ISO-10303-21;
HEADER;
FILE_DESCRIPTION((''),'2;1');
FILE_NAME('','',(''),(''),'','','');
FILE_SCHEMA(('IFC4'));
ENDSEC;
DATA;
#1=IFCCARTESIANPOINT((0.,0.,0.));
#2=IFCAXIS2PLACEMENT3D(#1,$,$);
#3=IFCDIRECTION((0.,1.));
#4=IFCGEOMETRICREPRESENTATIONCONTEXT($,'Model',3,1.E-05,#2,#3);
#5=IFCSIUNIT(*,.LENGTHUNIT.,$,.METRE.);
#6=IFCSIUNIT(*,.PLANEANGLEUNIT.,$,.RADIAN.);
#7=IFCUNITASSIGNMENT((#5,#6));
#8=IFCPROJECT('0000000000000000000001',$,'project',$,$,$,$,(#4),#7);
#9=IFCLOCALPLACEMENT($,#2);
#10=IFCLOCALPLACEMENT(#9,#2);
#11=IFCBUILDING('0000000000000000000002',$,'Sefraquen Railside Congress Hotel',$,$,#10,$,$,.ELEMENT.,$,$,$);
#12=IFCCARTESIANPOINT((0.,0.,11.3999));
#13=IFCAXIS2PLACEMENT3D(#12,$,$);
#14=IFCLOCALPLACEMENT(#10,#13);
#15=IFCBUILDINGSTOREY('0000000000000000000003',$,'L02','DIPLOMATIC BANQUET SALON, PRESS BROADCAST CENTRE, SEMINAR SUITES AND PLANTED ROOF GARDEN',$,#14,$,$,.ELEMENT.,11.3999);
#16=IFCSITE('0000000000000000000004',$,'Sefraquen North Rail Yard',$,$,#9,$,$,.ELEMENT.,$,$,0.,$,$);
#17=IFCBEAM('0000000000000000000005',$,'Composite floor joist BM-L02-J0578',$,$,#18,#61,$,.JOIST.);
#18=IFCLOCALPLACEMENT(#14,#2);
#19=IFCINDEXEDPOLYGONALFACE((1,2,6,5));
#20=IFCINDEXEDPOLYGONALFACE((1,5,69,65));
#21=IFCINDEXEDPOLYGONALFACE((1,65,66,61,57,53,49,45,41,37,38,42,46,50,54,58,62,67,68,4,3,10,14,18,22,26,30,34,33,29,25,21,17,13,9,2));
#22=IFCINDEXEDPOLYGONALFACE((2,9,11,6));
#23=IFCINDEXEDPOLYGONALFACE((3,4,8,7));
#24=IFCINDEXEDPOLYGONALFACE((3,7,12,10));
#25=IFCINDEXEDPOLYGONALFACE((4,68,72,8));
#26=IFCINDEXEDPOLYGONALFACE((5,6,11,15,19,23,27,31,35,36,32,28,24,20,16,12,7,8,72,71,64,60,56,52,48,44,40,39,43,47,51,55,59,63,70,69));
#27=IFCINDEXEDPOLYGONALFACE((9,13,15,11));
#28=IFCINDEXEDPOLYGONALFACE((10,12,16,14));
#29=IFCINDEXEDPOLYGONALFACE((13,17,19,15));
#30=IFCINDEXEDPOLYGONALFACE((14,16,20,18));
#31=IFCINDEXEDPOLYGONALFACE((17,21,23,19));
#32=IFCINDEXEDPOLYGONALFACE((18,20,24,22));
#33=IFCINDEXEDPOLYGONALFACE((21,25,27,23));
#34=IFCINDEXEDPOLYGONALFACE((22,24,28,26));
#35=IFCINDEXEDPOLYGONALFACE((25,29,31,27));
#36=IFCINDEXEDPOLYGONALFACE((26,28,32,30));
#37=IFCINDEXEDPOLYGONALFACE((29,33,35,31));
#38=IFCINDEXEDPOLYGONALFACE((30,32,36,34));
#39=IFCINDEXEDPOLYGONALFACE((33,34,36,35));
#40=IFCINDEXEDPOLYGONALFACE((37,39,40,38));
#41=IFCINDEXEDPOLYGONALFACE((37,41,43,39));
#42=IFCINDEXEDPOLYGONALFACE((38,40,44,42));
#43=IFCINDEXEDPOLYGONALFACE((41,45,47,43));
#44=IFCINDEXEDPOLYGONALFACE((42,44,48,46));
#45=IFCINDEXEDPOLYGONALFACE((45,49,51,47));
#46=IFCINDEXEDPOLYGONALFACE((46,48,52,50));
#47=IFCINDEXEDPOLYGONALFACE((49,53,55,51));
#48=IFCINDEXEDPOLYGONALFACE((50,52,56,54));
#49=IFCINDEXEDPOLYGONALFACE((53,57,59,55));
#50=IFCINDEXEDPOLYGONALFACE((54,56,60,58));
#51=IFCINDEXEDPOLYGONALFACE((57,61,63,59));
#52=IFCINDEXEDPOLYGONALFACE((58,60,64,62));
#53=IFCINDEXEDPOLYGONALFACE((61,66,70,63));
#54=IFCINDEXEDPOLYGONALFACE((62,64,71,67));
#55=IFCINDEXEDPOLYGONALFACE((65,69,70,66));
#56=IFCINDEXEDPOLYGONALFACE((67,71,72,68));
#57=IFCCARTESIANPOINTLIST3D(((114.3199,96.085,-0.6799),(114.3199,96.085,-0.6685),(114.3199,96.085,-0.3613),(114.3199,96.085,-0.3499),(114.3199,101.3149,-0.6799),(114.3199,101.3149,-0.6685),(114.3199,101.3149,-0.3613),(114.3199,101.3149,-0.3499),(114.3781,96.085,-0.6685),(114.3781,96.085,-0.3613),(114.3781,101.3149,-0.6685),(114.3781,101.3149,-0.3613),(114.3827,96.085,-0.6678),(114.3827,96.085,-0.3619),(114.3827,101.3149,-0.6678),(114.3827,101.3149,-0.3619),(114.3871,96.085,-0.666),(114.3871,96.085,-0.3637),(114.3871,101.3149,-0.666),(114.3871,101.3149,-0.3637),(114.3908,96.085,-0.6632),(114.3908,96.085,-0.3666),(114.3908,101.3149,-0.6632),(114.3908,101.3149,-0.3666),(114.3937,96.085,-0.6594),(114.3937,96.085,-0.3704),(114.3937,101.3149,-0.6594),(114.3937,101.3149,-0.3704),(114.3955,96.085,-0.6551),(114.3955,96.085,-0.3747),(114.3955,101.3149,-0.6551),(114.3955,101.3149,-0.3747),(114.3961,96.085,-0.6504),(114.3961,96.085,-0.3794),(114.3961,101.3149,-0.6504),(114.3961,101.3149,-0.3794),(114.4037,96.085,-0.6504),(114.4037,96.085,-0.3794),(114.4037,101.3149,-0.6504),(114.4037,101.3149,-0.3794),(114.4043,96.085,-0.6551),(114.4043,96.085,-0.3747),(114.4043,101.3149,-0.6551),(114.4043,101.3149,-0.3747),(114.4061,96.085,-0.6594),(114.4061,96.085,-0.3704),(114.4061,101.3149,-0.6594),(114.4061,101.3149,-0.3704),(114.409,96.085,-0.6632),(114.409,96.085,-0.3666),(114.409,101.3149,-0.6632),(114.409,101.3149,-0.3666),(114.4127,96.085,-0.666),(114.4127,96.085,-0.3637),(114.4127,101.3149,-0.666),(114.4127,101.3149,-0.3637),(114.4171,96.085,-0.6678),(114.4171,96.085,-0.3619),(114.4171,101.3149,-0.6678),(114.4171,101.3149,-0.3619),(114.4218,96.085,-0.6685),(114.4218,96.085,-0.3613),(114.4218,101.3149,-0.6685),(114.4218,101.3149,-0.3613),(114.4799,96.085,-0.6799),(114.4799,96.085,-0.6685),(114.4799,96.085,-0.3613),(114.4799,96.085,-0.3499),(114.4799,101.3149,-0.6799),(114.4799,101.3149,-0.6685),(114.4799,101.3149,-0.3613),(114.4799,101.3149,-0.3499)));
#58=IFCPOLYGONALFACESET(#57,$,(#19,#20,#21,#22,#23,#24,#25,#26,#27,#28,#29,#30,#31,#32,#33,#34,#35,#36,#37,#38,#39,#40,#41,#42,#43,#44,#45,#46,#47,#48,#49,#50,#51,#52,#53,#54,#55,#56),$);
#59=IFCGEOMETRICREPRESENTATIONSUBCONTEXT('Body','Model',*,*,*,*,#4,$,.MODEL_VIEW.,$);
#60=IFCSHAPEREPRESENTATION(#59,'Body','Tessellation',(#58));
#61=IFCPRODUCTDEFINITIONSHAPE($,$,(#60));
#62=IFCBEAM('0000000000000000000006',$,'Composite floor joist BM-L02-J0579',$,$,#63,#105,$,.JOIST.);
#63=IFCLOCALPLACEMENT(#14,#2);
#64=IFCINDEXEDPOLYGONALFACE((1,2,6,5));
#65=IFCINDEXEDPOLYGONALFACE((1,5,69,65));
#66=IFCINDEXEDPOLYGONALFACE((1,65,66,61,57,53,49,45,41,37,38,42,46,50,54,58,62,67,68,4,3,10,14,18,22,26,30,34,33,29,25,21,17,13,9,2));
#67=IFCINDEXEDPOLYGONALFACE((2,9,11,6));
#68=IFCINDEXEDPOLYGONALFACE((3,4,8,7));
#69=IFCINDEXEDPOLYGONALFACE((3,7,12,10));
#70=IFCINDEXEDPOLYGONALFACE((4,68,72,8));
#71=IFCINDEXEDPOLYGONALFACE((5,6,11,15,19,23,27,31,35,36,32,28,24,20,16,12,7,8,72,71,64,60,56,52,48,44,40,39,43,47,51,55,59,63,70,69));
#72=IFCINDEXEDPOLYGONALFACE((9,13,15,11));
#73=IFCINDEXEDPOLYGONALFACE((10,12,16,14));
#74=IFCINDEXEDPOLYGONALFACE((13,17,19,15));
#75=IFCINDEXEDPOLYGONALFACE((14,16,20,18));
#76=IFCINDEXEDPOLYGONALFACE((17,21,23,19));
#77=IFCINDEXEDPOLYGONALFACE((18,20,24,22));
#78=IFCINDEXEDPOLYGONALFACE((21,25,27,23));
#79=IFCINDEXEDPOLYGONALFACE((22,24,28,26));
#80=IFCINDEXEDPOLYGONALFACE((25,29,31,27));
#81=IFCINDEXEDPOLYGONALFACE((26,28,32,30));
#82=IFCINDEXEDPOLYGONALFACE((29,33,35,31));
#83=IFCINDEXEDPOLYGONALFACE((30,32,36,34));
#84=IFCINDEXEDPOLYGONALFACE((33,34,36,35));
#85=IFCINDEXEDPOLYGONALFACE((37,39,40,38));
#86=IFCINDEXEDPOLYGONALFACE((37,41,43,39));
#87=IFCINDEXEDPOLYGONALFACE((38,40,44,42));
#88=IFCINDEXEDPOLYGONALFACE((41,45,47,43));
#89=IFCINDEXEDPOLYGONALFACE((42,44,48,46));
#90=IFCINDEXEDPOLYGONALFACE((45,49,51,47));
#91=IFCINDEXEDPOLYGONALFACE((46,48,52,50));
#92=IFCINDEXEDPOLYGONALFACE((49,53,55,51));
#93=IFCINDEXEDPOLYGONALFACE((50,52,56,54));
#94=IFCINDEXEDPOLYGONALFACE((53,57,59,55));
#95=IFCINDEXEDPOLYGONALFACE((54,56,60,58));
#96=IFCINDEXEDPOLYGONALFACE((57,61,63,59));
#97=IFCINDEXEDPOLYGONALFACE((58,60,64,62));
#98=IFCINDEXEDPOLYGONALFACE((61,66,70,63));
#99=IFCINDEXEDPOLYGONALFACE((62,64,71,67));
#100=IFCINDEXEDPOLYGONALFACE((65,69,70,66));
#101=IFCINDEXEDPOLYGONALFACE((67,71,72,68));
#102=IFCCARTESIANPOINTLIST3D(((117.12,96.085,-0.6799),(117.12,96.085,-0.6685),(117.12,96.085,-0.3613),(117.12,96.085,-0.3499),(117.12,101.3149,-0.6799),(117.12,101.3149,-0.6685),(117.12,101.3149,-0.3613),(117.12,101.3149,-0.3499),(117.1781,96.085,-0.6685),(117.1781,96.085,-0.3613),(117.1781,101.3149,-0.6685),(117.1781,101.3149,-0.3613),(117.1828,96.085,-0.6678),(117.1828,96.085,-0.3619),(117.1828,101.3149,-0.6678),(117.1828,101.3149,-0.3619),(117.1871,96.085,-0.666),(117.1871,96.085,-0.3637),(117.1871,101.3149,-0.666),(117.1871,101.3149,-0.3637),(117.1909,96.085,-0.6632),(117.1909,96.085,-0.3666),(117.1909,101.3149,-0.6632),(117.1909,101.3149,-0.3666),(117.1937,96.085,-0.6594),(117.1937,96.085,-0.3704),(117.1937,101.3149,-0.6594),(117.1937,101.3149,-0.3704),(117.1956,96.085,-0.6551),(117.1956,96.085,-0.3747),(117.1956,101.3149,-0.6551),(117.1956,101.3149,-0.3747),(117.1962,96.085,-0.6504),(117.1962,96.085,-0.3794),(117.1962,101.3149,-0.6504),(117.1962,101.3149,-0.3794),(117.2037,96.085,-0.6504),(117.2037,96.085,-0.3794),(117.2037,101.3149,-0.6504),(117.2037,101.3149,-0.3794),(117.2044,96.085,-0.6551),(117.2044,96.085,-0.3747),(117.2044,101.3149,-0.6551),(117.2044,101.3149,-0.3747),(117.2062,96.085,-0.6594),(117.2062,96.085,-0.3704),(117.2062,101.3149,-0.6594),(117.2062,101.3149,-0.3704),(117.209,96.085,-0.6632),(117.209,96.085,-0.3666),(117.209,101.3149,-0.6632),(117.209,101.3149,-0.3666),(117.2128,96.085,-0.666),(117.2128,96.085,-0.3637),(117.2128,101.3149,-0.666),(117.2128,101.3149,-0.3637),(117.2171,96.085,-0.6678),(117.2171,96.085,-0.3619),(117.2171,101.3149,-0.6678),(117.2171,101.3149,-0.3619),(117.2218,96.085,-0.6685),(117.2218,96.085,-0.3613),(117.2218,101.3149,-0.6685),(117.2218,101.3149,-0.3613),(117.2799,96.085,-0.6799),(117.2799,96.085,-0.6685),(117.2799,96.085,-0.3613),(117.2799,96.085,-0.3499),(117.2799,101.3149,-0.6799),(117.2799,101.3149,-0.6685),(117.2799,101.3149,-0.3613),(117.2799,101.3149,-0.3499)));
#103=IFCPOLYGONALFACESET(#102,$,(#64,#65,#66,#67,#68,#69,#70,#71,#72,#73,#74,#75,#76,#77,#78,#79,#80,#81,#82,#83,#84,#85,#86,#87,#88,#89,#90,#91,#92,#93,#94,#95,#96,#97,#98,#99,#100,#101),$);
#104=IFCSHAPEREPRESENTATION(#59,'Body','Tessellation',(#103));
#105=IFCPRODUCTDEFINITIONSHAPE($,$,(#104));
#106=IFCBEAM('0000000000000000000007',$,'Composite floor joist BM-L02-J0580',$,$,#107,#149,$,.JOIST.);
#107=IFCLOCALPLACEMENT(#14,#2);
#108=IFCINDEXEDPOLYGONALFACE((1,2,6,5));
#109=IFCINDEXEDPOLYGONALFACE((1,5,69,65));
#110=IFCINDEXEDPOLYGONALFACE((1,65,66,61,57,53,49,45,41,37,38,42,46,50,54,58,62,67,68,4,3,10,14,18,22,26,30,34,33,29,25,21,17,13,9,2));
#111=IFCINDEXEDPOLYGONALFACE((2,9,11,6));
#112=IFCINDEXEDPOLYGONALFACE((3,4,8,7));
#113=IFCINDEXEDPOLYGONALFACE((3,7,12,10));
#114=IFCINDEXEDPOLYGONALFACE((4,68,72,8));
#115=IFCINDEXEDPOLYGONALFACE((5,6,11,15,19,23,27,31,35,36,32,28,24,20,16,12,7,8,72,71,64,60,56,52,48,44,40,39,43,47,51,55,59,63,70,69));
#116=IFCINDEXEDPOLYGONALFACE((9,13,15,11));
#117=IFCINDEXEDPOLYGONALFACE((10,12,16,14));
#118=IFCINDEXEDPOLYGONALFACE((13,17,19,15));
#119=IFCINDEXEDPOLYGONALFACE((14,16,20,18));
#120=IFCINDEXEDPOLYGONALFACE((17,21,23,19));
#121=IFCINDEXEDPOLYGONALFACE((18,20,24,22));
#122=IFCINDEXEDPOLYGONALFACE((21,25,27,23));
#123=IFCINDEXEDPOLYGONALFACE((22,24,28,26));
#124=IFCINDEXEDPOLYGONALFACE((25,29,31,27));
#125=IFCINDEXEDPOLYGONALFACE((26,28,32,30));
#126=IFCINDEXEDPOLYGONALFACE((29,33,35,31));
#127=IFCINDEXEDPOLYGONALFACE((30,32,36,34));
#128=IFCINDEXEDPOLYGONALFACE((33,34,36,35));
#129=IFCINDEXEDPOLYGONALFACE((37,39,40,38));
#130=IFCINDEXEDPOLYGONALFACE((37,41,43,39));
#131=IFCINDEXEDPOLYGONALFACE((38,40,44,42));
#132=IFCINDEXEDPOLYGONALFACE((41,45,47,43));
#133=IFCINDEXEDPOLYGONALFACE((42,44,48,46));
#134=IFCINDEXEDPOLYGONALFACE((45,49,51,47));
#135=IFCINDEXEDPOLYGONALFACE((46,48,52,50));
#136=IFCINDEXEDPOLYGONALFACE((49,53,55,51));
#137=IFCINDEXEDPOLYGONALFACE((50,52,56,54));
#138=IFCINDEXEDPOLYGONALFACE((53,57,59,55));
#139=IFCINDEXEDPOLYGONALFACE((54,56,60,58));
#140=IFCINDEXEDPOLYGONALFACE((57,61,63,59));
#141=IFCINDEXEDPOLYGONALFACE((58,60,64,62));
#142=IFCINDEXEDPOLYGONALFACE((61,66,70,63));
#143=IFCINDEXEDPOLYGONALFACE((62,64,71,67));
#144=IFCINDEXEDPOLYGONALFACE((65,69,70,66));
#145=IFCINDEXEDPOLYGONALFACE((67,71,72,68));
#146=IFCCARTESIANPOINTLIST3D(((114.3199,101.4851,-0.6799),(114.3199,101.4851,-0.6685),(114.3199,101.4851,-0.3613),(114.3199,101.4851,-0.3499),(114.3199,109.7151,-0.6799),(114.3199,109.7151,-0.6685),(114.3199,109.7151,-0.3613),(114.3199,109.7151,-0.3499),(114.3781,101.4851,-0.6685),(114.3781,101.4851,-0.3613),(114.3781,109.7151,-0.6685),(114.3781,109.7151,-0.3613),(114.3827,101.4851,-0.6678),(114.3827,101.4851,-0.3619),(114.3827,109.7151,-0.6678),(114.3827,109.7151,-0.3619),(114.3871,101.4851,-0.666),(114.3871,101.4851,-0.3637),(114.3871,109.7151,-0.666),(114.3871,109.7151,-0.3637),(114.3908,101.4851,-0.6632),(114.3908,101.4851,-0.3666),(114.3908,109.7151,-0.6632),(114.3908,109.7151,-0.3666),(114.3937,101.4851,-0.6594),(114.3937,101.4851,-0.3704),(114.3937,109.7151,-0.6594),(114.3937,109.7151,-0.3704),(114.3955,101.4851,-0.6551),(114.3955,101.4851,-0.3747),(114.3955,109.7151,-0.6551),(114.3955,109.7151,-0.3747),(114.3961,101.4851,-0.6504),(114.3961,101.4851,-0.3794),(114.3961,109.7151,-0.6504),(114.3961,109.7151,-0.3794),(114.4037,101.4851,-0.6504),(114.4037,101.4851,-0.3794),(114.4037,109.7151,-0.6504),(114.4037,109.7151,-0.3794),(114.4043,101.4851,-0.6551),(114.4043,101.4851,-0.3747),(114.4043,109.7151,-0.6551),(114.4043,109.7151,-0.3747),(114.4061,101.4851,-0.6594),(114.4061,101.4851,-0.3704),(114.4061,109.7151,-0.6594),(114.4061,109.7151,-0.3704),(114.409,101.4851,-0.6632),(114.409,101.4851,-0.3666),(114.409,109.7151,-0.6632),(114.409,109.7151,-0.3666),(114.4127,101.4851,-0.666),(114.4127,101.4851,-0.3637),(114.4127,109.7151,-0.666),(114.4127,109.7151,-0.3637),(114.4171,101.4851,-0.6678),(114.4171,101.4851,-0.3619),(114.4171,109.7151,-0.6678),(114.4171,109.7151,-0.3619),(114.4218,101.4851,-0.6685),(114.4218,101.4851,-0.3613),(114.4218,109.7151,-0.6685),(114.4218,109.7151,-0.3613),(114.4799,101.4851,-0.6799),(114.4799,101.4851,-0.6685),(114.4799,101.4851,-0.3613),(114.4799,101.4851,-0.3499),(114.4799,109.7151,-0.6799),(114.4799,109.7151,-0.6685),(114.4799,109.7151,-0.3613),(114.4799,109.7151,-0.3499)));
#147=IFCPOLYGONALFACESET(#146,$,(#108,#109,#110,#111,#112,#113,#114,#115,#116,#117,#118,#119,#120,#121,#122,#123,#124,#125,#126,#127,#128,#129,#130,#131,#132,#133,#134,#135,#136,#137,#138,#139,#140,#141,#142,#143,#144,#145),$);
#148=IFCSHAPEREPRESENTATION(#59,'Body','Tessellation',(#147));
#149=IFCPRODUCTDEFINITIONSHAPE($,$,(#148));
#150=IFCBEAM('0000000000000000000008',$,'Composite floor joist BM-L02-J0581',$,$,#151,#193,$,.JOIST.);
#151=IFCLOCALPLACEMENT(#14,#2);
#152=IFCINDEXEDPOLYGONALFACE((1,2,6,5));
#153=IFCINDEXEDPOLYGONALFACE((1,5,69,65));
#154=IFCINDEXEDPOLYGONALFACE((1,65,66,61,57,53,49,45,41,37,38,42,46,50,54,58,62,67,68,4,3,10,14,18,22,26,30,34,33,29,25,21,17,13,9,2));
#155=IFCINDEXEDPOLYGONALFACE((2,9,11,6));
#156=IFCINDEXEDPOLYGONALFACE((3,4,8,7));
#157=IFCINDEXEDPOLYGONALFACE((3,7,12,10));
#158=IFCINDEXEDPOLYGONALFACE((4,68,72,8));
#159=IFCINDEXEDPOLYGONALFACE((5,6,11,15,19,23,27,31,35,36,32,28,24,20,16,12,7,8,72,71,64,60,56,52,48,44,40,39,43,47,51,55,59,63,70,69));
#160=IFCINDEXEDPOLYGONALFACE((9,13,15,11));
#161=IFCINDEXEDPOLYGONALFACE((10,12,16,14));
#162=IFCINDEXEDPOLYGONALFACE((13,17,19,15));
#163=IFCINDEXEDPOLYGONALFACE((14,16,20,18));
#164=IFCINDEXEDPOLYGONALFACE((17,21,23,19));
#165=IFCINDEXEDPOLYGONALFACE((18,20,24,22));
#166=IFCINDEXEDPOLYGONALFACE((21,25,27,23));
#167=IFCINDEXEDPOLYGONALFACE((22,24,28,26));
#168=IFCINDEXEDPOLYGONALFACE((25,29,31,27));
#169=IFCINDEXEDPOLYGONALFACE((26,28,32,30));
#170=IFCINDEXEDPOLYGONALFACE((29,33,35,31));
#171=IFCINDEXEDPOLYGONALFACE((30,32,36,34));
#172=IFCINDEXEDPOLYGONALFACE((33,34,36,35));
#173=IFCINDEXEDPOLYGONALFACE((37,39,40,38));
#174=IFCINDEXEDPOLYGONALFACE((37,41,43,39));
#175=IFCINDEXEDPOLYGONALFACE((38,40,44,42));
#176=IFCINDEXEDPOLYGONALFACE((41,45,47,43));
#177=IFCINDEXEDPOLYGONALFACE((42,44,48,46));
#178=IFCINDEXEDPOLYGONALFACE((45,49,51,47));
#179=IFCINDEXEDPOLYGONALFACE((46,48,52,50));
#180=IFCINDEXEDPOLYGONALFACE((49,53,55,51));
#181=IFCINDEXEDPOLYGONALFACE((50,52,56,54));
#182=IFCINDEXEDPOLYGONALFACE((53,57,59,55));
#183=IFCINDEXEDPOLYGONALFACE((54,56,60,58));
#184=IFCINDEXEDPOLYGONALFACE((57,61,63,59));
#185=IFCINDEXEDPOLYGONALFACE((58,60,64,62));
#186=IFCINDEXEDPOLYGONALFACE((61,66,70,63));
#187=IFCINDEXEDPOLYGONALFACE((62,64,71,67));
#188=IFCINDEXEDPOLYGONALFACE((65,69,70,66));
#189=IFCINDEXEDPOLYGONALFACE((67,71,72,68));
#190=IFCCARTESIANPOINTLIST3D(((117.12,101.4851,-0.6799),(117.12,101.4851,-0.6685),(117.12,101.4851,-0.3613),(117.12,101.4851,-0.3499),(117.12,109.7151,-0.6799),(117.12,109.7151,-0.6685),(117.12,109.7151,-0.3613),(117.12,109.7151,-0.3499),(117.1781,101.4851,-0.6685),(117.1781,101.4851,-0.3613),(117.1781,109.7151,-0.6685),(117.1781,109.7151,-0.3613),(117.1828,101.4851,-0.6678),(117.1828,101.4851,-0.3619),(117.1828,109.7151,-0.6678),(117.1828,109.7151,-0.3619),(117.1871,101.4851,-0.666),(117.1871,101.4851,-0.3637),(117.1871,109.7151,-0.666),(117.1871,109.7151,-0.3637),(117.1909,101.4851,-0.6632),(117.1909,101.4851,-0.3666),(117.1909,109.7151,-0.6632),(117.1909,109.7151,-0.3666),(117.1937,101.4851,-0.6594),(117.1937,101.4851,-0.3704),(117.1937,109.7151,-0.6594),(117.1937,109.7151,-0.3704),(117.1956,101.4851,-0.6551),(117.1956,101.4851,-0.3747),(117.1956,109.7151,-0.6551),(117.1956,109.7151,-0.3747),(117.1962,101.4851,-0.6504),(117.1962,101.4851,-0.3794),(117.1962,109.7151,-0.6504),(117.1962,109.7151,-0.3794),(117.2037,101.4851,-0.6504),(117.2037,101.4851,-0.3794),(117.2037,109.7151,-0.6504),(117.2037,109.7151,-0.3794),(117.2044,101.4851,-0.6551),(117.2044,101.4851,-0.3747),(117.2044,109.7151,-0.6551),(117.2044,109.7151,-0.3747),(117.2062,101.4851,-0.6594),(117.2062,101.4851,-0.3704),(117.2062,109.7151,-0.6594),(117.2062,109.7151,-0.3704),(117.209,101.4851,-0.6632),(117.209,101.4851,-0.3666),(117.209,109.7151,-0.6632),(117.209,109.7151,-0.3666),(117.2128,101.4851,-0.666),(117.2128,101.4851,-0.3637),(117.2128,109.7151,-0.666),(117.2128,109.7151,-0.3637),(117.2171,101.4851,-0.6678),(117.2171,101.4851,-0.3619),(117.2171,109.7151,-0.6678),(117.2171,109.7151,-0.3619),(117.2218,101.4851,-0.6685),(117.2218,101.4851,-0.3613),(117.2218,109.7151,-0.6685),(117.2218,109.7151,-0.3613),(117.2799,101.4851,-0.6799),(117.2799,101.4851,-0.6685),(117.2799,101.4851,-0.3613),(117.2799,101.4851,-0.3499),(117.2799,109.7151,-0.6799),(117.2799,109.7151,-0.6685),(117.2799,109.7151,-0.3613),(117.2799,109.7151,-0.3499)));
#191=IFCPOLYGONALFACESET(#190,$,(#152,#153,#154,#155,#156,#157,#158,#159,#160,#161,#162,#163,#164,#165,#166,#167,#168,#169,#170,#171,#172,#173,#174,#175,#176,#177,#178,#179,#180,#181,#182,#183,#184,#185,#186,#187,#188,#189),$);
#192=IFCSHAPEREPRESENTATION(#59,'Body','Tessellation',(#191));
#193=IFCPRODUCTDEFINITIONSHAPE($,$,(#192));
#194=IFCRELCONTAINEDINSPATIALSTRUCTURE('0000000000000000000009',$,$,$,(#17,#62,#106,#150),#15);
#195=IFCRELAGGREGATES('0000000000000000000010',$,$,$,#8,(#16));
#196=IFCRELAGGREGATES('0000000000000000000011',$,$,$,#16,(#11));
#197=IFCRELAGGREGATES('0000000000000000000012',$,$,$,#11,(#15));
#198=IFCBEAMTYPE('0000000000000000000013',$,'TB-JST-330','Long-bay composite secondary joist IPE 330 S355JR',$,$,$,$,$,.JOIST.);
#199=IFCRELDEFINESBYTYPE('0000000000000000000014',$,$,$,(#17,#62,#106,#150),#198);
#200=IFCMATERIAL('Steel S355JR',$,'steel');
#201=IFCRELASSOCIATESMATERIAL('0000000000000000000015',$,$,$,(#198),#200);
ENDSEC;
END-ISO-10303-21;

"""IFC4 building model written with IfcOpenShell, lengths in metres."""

from ifc_helpers import new_model, si_unit, direction, frame, origin, origin_2d, place, context, subcontext, project, spatial, i_section, extrude, material, material_profile, profile_set, type_object, element, save


model = new_model("IFC4")

# Units and contexts
model_context = context("Model", 3, precision=1e-05, world=origin(), true_north=direction((0.0, 1.0)))
body_context = subcontext(model_context, "Body", "Model", "MODEL_VIEW")
ifc_project = project(units=[si_unit("LENGTHUNIT", "METRE"), si_unit("PLANEANGLEUNIT", "RADIAN")], contexts=[model_context])

# Site, building, storey
site_placement = place(None, origin())
site = spatial("IfcSite", under=ifc_project, at=site_placement, Name="Sefraquen North Rail Yard", CompositionType="ELEMENT", RefElevation=0.0)
building_placement = place(site_placement, origin())
building = spatial("IfcBuilding", under=site, at=building_placement, Name="Sefraquen Railside Congress Hotel", CompositionType="ELEMENT")
storey_placement = place(building_placement, frame((0.0, 0.0, 11.3999)))
storey = spatial("IfcBuildingStorey", under=building, at=storey_placement, Name="L02", Description="DIPLOMATIC BANQUET SALON, PRESS BROADCAST CENTRE, SEMINAR SUITES AND PLANTED ROOF GARDEN", CompositionType="ELEMENT", Elevation=11.3999)

# Shared definitions
ifc_material = material(Name="Steel S355JR", Category="steel")

# Beams
ifc_material_profile_1 = material_profile(ifc_material, i_section(OverallWidth=0.1599, OverallDepth=0.3301, WebThickness=0.0076, FlangeThickness=0.0115, FilletRadius=0.0181, at=origin_2d()), Name="IPE 330")
ifc_profile_set_1 = profile_set([ifc_material_profile_1], Name="Steel S355JR")
beam_type_1 = type_object("IfcBeamType", Name="TB-JST-330", Description="Long-bay composite secondary joist IPE 330 S355JR", PredefinedType="JOIST", material=ifc_profile_set_1)
for number, where, z_axis, x_axis, name in (
    (1, (114.3999, 96.085, -0.5149), (0.0, 1.0, 0.0), (-1.0, 0.0, 0.0), "Composite floor joist BM-L02-J0578"),
    (2, (117.2, 96.085, -0.5149), (0.0, 1.0, 0.0), (-1.0, 0.0, 0.0), "Composite floor joist BM-L02-J0579"),
):
    element("IfcBeam", number, at=place(storey_placement, frame(where, z_axis=z_axis, x_axis=x_axis)), inside=storey, type_object=beam_type_1, Name=name, PredefinedType="JOIST", context=body_context, shape_type="SweptSolid", body=[
        extrude(i_section(OverallWidth=0.1599, OverallDepth=0.3301, WebThickness=0.0076, FlangeThickness=0.0115, FilletRadius=0.0181, at=origin_2d()), origin(), (0.0, 0.0, 1.0), 5.23),
    ])
for number, where, z_axis, x_axis, name in (
    (3, (114.3999, 101.4851, -0.5149), (0.0, 1.0, 0.0), (-1.0, 0.0, 0.0), "Composite floor joist BM-L02-J0580"),
    (4, (117.2, 101.4851, -0.5149), (0.0, 1.0, 0.0), (-1.0, 0.0, 0.0), "Composite floor joist BM-L02-J0581"),
):
    element("IfcBeam", number, at=place(storey_placement, frame(where, z_axis=z_axis, x_axis=x_axis)), inside=storey, type_object=beam_type_1, Name=name, PredefinedType="JOIST", context=body_context, shape_type="SweptSolid", body=[
        extrude(i_section(OverallWidth=0.1599, OverallDepth=0.3301, WebThickness=0.0076, FlangeThickness=0.0115, FilletRadius=0.0181, at=origin_2d()), origin(), (0.0, 0.0, 1.0), 8.23),
    ])

save(model, "model.ifc")
